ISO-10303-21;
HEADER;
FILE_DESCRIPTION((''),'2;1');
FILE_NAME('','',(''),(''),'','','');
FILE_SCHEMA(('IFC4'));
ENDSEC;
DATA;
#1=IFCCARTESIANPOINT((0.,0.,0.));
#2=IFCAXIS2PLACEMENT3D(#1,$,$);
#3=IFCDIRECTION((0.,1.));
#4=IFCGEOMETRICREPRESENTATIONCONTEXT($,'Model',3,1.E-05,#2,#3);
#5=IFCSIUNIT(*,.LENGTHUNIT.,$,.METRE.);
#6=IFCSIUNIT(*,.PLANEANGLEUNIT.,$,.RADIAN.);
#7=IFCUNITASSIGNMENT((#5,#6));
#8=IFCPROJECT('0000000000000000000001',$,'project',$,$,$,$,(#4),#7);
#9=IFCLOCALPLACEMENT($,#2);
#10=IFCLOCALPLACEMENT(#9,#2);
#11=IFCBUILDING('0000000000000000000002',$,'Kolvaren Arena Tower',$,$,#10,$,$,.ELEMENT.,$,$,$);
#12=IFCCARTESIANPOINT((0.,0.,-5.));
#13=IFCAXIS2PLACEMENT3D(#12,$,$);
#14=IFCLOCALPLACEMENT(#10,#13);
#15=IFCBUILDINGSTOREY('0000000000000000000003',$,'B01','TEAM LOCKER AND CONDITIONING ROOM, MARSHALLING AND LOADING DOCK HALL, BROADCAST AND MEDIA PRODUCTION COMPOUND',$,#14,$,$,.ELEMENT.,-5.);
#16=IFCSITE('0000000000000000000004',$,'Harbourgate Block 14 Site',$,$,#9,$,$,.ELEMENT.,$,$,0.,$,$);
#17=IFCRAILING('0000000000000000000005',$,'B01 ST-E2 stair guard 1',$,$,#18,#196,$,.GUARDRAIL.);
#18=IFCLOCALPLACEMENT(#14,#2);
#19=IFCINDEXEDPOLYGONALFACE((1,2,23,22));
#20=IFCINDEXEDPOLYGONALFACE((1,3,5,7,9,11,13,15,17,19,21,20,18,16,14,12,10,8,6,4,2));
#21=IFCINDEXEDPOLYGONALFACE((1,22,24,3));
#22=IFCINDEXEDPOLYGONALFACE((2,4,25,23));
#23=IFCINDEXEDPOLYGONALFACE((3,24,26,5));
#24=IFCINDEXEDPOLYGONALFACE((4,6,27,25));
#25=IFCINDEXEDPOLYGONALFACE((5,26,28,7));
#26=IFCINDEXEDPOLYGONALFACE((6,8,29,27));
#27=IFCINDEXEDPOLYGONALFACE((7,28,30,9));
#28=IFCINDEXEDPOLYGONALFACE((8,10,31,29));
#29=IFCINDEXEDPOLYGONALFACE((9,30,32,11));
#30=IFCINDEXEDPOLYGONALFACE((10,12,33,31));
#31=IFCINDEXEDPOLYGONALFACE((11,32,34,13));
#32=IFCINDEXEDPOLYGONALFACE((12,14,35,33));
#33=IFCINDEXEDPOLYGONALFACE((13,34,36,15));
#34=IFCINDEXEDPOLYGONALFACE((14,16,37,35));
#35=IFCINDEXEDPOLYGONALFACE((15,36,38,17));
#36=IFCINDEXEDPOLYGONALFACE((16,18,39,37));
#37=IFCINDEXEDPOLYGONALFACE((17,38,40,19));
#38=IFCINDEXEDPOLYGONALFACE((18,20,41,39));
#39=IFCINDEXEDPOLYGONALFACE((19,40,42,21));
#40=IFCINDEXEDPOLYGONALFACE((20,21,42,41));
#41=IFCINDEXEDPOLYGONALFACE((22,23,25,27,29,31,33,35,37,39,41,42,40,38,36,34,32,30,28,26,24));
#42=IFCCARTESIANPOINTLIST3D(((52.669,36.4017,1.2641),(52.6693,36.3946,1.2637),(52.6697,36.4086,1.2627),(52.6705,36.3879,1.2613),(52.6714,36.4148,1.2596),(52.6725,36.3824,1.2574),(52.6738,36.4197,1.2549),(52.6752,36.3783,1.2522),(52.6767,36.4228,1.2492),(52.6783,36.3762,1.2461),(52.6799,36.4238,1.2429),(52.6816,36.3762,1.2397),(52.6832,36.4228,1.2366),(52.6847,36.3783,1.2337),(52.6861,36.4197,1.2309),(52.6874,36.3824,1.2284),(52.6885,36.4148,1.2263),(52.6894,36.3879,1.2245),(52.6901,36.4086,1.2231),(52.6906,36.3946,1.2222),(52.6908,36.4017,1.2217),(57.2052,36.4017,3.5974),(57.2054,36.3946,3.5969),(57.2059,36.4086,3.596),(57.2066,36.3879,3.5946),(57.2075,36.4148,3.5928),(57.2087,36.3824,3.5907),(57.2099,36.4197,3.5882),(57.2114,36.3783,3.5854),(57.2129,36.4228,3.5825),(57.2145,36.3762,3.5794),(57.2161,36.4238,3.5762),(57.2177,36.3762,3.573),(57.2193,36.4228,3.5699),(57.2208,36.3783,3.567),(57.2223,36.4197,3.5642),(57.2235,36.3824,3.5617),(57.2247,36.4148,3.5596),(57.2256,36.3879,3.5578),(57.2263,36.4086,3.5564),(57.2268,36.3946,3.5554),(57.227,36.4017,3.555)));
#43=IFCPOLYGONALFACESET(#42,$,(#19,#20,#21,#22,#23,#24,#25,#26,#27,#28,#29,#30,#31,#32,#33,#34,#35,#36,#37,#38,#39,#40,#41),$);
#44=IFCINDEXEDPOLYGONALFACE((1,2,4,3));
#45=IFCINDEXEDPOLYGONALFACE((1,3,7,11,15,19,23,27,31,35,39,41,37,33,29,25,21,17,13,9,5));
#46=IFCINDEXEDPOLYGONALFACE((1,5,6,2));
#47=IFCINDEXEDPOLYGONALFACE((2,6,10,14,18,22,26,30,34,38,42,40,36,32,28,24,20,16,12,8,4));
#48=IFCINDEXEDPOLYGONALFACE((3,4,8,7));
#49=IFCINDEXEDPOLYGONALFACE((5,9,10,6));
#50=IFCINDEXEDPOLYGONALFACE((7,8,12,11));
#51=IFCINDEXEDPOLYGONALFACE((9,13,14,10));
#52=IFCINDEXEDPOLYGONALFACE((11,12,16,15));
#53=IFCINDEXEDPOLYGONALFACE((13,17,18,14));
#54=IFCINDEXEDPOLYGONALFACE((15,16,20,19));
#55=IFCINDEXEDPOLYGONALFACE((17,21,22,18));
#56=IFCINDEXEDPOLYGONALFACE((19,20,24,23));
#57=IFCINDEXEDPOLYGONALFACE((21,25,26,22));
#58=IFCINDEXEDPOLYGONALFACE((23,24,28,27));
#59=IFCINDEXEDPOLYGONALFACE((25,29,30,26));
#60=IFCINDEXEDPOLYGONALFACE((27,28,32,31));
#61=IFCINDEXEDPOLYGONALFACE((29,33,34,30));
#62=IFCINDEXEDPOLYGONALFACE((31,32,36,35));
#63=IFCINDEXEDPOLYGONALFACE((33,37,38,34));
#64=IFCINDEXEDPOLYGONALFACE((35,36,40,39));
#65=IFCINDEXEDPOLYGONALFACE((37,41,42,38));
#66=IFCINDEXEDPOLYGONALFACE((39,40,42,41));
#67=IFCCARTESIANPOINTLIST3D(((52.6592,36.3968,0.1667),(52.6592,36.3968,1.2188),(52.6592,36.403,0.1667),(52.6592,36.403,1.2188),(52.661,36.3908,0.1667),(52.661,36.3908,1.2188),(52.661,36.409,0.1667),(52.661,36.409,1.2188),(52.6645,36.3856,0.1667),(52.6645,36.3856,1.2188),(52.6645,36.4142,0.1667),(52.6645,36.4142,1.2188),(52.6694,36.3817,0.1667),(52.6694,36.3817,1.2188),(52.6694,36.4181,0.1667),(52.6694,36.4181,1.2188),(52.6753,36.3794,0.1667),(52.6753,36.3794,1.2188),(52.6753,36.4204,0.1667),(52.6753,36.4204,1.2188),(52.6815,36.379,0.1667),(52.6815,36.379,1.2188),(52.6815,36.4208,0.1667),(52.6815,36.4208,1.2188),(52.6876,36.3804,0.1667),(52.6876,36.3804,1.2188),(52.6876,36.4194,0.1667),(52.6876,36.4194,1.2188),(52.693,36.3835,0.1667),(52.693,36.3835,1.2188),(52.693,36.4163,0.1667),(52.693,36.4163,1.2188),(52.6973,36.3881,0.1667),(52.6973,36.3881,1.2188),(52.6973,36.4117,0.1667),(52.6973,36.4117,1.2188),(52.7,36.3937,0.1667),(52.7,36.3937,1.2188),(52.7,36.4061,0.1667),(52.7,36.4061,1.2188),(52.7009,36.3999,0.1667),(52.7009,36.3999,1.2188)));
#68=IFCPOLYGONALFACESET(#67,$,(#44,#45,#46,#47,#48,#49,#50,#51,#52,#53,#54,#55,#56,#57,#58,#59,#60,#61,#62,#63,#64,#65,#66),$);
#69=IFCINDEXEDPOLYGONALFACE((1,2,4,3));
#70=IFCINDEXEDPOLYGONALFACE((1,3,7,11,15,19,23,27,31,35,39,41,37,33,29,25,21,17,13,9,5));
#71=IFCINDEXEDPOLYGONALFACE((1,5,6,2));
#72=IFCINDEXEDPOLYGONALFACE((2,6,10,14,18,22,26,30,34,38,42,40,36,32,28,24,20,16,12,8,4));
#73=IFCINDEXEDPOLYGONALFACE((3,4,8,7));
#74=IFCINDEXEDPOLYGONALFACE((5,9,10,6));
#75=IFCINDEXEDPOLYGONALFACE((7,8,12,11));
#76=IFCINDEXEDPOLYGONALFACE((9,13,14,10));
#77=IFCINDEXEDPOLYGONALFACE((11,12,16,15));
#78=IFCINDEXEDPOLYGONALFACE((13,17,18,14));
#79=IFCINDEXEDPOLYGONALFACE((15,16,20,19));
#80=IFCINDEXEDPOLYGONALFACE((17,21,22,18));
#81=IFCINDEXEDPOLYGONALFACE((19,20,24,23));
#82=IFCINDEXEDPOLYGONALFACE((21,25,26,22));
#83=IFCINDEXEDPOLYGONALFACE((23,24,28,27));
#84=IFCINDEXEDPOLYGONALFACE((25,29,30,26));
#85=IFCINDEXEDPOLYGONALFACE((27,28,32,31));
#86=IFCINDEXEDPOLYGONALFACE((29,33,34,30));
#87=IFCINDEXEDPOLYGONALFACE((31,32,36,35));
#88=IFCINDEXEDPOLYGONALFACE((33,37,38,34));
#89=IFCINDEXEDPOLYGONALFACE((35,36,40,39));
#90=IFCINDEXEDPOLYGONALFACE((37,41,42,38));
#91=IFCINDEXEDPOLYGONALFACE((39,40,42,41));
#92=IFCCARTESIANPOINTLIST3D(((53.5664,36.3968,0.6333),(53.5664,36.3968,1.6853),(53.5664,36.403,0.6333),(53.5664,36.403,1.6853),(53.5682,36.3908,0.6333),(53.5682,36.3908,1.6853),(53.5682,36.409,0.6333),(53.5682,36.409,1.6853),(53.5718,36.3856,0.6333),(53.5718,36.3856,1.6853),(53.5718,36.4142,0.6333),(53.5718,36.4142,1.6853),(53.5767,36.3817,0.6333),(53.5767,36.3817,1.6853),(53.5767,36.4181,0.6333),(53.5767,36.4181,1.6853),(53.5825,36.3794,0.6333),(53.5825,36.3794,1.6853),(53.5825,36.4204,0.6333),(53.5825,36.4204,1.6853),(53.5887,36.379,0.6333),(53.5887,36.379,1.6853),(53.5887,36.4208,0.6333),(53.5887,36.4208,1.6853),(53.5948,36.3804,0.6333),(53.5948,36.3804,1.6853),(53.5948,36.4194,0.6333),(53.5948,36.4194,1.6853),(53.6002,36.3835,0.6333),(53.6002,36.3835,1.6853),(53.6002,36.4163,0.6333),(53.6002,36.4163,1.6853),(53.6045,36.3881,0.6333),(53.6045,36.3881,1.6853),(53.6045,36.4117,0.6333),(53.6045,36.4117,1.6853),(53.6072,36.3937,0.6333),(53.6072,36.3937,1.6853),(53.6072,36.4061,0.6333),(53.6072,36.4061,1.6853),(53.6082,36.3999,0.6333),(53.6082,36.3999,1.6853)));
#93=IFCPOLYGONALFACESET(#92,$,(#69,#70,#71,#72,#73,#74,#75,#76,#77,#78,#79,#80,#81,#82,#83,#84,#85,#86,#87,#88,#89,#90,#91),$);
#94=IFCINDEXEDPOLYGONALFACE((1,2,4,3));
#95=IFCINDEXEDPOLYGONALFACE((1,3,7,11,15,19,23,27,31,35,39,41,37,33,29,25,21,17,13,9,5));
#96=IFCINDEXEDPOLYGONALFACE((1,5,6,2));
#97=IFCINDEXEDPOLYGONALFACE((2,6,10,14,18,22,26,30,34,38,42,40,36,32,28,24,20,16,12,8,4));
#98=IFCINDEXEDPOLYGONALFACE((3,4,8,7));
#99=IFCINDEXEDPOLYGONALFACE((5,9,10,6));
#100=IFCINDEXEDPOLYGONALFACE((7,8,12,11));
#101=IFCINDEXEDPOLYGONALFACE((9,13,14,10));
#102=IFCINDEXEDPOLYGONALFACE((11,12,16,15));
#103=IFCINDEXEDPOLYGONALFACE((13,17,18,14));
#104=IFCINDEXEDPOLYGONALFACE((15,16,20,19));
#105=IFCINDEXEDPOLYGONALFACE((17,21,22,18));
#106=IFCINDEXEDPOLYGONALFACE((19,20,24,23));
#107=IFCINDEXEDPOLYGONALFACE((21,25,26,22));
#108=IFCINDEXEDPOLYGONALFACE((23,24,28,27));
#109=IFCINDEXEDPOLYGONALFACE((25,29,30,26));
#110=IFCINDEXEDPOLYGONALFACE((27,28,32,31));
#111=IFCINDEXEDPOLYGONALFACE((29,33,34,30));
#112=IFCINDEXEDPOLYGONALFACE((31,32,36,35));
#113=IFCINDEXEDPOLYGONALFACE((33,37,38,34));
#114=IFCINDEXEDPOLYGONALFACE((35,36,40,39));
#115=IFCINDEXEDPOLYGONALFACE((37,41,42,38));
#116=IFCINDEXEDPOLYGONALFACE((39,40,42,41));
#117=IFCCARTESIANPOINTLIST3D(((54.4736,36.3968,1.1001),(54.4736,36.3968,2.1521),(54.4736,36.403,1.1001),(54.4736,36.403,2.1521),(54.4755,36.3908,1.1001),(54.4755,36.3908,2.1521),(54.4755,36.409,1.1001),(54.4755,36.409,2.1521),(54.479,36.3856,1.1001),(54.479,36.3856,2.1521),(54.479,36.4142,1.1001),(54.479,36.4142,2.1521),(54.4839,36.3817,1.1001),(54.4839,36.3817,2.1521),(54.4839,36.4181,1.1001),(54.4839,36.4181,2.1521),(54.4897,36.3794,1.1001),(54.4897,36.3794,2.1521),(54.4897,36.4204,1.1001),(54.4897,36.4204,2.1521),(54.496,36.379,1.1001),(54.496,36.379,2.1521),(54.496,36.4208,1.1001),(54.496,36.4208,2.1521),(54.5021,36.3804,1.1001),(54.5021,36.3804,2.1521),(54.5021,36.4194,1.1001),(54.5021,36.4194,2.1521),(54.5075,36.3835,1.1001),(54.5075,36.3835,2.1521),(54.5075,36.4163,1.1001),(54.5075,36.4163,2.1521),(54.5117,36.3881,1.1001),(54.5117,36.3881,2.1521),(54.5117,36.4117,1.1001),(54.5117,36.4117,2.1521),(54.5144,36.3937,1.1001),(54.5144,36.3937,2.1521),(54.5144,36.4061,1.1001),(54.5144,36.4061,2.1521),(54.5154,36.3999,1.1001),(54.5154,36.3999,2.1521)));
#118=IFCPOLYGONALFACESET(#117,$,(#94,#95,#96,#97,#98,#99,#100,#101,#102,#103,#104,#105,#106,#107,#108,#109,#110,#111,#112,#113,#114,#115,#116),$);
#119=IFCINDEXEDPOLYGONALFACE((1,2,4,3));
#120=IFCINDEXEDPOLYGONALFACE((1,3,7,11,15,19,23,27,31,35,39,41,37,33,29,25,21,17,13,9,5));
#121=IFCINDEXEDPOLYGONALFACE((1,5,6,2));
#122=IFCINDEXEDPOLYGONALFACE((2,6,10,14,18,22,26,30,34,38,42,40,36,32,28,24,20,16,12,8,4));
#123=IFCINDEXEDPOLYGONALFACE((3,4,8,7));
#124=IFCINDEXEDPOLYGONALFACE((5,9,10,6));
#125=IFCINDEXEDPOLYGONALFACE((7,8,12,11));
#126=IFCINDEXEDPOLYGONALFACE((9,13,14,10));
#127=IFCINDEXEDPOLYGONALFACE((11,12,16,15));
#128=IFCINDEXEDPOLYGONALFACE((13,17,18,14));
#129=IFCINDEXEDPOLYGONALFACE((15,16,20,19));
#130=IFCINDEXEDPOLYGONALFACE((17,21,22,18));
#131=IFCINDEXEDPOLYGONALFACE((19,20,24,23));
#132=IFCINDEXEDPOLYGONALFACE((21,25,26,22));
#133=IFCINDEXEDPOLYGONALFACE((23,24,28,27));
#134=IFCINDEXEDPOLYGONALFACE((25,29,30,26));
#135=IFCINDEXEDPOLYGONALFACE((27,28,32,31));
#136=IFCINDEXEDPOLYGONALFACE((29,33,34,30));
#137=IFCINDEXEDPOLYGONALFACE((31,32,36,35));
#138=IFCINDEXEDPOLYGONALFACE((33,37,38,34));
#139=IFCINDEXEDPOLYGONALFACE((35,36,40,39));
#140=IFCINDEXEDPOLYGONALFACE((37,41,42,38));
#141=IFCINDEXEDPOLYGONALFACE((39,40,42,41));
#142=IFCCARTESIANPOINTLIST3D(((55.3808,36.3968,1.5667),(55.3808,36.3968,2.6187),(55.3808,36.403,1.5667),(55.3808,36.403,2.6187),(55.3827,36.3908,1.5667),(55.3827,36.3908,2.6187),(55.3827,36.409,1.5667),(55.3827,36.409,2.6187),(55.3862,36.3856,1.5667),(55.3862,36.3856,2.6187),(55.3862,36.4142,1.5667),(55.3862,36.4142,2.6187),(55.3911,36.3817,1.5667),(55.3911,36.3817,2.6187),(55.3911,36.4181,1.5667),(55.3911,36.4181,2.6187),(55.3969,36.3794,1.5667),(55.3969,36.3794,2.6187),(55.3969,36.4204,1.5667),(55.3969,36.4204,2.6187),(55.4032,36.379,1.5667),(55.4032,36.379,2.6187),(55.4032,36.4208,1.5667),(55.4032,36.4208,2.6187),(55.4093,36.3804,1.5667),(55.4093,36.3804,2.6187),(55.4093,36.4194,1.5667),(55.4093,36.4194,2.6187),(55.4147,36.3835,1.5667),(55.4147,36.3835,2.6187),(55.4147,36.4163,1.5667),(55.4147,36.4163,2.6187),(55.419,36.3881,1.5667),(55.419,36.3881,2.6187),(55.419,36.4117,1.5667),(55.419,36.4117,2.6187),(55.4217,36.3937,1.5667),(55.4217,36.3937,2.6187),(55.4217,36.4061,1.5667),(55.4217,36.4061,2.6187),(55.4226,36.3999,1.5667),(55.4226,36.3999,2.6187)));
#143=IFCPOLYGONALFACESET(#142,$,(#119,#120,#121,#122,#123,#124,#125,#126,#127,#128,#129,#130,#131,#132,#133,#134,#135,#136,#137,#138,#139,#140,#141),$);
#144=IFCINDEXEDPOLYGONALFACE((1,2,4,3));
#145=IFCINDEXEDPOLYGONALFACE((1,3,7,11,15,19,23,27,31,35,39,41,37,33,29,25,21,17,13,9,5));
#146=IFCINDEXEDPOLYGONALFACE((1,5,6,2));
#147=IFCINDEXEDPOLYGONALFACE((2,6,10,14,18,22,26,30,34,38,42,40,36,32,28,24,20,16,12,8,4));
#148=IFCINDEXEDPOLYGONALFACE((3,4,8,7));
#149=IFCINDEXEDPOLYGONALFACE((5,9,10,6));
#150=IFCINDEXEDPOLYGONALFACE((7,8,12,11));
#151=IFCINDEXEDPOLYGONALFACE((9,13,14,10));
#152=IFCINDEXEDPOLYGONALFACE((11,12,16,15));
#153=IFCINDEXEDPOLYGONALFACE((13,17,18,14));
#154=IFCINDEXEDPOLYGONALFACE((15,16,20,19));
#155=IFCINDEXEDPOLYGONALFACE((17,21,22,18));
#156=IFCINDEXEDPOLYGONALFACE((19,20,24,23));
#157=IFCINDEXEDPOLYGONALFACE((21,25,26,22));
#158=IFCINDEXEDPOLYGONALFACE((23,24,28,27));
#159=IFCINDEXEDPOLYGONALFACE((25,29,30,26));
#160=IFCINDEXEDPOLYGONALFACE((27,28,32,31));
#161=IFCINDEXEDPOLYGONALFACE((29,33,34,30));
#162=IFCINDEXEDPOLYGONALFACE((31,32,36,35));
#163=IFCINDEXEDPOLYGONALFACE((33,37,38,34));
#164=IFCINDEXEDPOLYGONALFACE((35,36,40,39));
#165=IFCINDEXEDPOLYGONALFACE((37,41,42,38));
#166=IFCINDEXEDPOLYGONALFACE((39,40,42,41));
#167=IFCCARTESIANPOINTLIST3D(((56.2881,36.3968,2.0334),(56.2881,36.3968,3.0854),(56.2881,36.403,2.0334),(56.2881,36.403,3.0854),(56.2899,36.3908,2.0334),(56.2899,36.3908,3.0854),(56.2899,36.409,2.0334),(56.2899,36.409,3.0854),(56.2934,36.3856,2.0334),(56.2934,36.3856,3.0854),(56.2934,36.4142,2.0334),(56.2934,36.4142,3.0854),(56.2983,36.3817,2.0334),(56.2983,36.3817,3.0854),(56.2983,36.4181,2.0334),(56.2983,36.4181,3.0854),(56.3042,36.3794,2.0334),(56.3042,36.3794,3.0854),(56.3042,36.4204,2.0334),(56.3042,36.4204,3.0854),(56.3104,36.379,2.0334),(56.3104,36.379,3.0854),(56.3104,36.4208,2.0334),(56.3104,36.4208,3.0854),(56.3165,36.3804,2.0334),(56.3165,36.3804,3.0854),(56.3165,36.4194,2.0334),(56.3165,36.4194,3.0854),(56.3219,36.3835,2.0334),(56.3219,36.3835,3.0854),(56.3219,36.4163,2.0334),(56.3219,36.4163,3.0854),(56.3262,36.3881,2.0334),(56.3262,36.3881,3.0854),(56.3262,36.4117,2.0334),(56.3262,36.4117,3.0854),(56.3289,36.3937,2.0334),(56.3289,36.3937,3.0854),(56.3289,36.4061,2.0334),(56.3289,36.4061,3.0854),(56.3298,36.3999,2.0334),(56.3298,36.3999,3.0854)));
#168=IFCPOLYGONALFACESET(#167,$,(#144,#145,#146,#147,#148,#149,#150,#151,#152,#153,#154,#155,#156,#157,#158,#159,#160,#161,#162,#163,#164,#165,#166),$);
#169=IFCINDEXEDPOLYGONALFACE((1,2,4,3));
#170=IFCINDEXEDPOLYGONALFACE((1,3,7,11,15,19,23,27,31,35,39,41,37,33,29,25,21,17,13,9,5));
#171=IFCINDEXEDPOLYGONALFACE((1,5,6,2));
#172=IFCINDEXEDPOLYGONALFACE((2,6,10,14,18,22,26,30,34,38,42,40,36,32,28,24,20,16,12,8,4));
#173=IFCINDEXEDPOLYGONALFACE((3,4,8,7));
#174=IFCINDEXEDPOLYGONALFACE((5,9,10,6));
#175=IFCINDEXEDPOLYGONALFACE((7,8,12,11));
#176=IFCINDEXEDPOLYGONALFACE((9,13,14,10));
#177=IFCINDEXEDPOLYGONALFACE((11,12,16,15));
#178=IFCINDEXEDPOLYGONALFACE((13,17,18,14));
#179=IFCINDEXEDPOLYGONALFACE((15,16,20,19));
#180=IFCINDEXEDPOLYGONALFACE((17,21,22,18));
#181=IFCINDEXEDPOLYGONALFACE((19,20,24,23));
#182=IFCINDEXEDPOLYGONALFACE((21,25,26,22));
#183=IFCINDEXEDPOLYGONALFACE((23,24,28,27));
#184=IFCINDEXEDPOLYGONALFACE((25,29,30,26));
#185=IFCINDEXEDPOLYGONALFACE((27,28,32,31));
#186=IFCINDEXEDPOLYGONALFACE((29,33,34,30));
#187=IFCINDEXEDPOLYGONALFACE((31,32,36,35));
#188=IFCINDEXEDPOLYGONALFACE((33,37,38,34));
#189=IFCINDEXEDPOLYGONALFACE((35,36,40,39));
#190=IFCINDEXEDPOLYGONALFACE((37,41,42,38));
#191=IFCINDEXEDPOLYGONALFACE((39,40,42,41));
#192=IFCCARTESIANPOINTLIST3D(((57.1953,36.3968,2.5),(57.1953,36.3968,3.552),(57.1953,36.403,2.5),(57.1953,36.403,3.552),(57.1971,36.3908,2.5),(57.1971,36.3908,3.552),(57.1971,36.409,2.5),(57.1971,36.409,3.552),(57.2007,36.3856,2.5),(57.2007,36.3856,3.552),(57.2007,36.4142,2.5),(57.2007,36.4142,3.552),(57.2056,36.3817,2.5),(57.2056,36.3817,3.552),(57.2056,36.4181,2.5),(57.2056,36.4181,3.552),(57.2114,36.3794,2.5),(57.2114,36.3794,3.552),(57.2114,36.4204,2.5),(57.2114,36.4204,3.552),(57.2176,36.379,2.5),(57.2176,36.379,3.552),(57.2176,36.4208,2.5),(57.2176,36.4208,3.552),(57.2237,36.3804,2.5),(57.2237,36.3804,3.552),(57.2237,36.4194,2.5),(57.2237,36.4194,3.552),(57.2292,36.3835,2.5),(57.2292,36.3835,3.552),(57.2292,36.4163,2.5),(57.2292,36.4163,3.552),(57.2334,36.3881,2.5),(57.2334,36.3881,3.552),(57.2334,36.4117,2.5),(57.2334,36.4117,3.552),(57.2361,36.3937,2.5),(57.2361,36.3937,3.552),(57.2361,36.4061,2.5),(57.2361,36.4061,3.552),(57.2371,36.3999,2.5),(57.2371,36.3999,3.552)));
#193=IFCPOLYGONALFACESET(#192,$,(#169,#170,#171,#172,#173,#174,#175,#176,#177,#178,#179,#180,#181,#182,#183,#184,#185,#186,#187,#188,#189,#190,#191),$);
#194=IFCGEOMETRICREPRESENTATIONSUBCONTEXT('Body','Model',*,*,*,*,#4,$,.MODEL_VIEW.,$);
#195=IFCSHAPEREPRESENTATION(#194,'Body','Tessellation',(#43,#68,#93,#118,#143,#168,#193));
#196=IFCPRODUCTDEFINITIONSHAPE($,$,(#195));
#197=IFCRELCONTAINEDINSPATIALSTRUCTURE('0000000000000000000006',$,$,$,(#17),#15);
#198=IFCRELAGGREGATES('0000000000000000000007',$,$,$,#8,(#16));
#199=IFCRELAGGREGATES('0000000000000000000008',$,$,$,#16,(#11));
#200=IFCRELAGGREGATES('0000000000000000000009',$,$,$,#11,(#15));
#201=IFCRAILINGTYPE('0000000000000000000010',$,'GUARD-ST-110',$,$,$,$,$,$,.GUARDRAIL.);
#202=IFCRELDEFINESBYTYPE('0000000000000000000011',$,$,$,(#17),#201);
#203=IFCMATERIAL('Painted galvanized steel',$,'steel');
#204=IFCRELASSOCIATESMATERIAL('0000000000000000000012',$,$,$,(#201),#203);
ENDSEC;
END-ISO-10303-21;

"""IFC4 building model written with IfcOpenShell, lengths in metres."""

from ifc_helpers import new_model, si_unit, direction, frame, origin, origin_2d, place, context, subcontext, project, spatial, circle, extrude, material, type_object, element, save


model = new_model("IFC4")

# Units and contexts
model_context = context("Model", 3, precision=1e-05, world=origin(), true_north=direction((0.0, 1.0)))
body_context = subcontext(model_context, "Body", "Model", "MODEL_VIEW")
ifc_project = project(units=[si_unit("LENGTHUNIT", "METRE"), si_unit("PLANEANGLEUNIT", "RADIAN")], contexts=[model_context])

# Site, building, storey
site_placement = place(None, origin())
site = spatial("IfcSite", under=ifc_project, at=site_placement, Name="Harbourgate Block 14 Site", CompositionType="ELEMENT", RefElevation=0.0)
building_placement = place(site_placement, origin())
building = spatial("IfcBuilding", under=site, at=building_placement, Name="Kolvaren Arena Tower", CompositionType="ELEMENT")
storey_placement = place(building_placement, frame((0.0, 0.0, -5.0)))
storey = spatial("IfcBuildingStorey", under=building, at=storey_placement, Name="B01", Description="TEAM LOCKER AND CONDITIONING ROOM, MARSHALLING AND LOADING DOCK HALL, BROADCAST AND MEDIA PRODUCTION COMPOUND", CompositionType="ELEMENT", Elevation=-5.0)

# Railing
ifc_material_1 = material(Name="Painted galvanized steel", Category="steel")
railing_type_1 = type_object("IfcRailingType", Name="GUARD-ST-110", PredefinedType="GUARDRAIL", material=ifc_material_1)
railing_1_placement = place(storey_placement, frame((52.6799, 36.3999, 0.1667)))
element("IfcRailing", 1, at=railing_1_placement, inside=storey, type_object=railing_type_1, Name="B01 ST-E2 stair guard 1", PredefinedType="GUARDRAIL", context=body_context, shape_type="SweptSolid", body=[
    extrude(circle(Radius=0.0239, at=origin_2d()), frame((0.0, 0.0, 1.0762), z_axis=(0.889257, 0.0, 0.457407), x_axis=(0.0, 1.0, 0.0)), (0.0, 0.0, 1.0), 5.1011),
    extrude(circle(Radius=0.021, at=origin_2d()), origin(), (0.0, 0.0, 1.0), 1.052),
    extrude(circle(Radius=0.021, at=origin_2d()), frame((0.9072, 0.0, 0.4666)), (0.0, 0.0, 1.0), 1.052),
    extrude(circle(Radius=0.021, at=origin_2d()), frame((1.8145, 0.0, 0.9333)), (0.0, 0.0, 1.0), 1.052),
    extrude(circle(Radius=0.021, at=origin_2d()), frame((2.7217, 0.0, 1.3999)), (0.0, 0.0, 1.0), 1.052),
    extrude(circle(Radius=0.021, at=origin_2d()), frame((3.6289, 0.0, 1.8667)), (0.0, 0.0, 1.0), 1.052),
    extrude(circle(Radius=0.021, at=origin_2d()), frame((4.5361, 0.0, 2.3333)), (0.0, 0.0, 1.0), 1.052),
])

save(model, "model.ifc")
